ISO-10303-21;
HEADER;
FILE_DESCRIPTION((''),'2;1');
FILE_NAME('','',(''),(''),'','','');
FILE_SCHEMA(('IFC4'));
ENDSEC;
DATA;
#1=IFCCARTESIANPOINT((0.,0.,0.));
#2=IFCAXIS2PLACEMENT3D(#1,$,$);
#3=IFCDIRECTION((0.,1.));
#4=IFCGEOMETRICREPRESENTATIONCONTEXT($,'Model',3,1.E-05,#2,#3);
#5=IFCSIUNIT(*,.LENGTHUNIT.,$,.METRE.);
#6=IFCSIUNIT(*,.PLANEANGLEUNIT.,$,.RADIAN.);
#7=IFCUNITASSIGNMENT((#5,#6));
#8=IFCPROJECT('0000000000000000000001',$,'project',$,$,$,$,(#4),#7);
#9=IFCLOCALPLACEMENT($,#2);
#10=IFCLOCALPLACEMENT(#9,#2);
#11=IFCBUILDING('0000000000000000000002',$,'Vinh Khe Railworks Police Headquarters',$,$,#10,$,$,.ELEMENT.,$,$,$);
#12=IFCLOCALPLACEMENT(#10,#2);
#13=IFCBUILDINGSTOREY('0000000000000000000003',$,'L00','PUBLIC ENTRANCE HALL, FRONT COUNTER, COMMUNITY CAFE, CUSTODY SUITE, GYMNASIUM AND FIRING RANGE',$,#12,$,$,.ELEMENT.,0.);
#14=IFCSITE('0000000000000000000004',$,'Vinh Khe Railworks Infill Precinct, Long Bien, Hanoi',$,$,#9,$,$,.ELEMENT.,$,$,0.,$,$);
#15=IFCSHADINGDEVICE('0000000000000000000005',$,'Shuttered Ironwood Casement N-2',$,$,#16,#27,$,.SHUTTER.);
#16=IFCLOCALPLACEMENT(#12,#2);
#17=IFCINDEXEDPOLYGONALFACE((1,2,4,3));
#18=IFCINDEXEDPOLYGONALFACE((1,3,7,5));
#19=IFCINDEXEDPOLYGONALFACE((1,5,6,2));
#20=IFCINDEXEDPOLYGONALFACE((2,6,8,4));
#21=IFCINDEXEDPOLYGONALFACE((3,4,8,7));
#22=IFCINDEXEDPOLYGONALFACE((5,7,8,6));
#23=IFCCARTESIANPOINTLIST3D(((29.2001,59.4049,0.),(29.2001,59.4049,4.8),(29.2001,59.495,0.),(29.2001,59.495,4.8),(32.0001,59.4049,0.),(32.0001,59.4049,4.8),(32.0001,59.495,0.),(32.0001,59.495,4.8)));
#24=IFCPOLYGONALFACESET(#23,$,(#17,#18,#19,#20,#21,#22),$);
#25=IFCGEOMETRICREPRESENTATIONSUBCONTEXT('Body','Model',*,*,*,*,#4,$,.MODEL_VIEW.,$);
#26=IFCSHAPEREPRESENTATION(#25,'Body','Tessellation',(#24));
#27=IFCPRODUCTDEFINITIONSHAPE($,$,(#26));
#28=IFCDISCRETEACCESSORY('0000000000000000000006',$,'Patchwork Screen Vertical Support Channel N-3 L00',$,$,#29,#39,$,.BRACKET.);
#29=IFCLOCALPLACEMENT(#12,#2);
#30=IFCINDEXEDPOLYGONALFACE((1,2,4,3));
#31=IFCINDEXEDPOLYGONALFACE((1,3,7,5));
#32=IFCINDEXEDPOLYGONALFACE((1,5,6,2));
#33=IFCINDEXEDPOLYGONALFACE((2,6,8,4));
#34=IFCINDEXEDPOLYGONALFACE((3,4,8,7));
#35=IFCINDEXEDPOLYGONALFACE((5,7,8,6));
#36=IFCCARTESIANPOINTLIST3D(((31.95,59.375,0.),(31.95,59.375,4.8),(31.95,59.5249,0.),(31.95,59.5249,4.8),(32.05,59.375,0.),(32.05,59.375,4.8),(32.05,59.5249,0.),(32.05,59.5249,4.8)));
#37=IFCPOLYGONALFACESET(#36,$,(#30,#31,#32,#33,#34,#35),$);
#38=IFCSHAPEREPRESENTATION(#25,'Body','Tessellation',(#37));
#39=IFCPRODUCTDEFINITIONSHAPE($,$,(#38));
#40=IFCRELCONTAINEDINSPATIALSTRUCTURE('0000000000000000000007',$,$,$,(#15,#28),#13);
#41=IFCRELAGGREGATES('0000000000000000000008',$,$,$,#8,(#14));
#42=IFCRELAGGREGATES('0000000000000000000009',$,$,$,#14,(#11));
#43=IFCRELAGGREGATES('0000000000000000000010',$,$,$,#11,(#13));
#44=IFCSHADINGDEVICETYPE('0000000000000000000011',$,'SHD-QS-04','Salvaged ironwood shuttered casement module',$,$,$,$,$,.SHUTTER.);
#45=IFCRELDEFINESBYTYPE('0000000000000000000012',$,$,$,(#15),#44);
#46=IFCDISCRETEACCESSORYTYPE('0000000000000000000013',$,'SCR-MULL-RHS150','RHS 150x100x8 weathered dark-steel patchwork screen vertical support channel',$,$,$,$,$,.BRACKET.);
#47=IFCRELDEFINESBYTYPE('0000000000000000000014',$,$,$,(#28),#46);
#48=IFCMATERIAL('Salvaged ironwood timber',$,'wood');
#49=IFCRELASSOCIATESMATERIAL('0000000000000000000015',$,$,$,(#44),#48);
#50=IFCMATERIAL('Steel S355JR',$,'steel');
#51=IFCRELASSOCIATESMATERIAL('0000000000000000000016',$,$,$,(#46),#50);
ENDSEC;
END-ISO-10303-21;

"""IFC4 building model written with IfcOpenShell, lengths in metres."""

from ifc_helpers import new_model, si_unit, direction, frame, origin, origin_2d, place, context, subcontext, project, spatial, rectangle, extrude, material, type_object, element, save


model = new_model("IFC4")

# Units and contexts
model_context = context("Model", 3, precision=1e-05, world=origin(), true_north=direction((0.0, 1.0)))
body_context = subcontext(model_context, "Body", "Model", "MODEL_VIEW")
ifc_project = project(units=[si_unit("LENGTHUNIT", "METRE"), si_unit("PLANEANGLEUNIT", "RADIAN")], contexts=[model_context])

# Site, building, storey
site_placement = place(None, origin())
site = spatial("IfcSite", under=ifc_project, at=site_placement, Name="Vinh Khe Railworks Infill Precinct, Long Bien, Hanoi", CompositionType="ELEMENT", RefElevation=0.0)
building_placement = place(site_placement, origin())
building = spatial("IfcBuilding", under=site, at=building_placement, Name="Vinh Khe Railworks Police Headquarters", CompositionType="ELEMENT")
storey_placement = place(building_placement, origin())
storey = spatial("IfcBuildingStorey", under=building, at=storey_placement, Name="L00", Description="PUBLIC ENTRANCE HALL, FRONT COUNTER, COMMUNITY CAFE, CUSTODY SUITE, GYMNASIUM AND FIRING RANGE", CompositionType="ELEMENT", Elevation=0.0)

# Shared definitions
ifc_material_1 = material(Name="Steel S355JR", Category="steel")

# Shared definitions
ifc_material_2 = material(Name="Salvaged ironwood timber", Category="wood")

# Shading device
shading_device_type = type_object("IfcShadingDeviceType", Name="SHD-QS-04", Description="Salvaged ironwood shuttered casement module", PredefinedType="SHUTTER", material=ifc_material_2)
shading_device_placement = place(storey_placement, frame((30.6001, 59.45, 0.0), z_axis=(0.0, 0.0, 1.0), x_axis=(1.0, 0.0, 0.0)))
element("IfcShadingDevice", 1, at=shading_device_placement, inside=storey, type_object=shading_device_type, Name="Shuttered Ironwood Casement N-2", PredefinedType="SHUTTER", context=body_context, shape_type="SweptSolid", body=[
    extrude(rectangle(XDim=2.8, YDim=0.0901, at=origin_2d()), origin(), (0.0, 0.0, 1.0), 4.8),
])

# Discrete accessory
discrete_accessory_type = type_object("IfcDiscreteAccessoryType", Name="SCR-MULL-RHS150", Description="RHS 150x100x8 weathered dark-steel patchwork screen vertical support channel", PredefinedType="BRACKET", material=ifc_material_1)
discrete_accessory_placement = place(storey_placement, frame((32.0, 59.45, 0.0), z_axis=(0.0, 0.0, 1.0), x_axis=(1.0, 0.0, 0.0)))
element("IfcDiscreteAccessory", 2, at=discrete_accessory_placement, inside=storey, type_object=discrete_accessory_type, Name="Patchwork Screen Vertical Support Channel N-3 L00", PredefinedType="BRACKET", context=body_context, shape_type="SweptSolid", body=[
    extrude(rectangle(XDim=0.1001, YDim=0.1499, at=origin_2d()), origin(), (0.0, 0.0, 1.0), 4.8),
])

save(model, "model.ifc")
